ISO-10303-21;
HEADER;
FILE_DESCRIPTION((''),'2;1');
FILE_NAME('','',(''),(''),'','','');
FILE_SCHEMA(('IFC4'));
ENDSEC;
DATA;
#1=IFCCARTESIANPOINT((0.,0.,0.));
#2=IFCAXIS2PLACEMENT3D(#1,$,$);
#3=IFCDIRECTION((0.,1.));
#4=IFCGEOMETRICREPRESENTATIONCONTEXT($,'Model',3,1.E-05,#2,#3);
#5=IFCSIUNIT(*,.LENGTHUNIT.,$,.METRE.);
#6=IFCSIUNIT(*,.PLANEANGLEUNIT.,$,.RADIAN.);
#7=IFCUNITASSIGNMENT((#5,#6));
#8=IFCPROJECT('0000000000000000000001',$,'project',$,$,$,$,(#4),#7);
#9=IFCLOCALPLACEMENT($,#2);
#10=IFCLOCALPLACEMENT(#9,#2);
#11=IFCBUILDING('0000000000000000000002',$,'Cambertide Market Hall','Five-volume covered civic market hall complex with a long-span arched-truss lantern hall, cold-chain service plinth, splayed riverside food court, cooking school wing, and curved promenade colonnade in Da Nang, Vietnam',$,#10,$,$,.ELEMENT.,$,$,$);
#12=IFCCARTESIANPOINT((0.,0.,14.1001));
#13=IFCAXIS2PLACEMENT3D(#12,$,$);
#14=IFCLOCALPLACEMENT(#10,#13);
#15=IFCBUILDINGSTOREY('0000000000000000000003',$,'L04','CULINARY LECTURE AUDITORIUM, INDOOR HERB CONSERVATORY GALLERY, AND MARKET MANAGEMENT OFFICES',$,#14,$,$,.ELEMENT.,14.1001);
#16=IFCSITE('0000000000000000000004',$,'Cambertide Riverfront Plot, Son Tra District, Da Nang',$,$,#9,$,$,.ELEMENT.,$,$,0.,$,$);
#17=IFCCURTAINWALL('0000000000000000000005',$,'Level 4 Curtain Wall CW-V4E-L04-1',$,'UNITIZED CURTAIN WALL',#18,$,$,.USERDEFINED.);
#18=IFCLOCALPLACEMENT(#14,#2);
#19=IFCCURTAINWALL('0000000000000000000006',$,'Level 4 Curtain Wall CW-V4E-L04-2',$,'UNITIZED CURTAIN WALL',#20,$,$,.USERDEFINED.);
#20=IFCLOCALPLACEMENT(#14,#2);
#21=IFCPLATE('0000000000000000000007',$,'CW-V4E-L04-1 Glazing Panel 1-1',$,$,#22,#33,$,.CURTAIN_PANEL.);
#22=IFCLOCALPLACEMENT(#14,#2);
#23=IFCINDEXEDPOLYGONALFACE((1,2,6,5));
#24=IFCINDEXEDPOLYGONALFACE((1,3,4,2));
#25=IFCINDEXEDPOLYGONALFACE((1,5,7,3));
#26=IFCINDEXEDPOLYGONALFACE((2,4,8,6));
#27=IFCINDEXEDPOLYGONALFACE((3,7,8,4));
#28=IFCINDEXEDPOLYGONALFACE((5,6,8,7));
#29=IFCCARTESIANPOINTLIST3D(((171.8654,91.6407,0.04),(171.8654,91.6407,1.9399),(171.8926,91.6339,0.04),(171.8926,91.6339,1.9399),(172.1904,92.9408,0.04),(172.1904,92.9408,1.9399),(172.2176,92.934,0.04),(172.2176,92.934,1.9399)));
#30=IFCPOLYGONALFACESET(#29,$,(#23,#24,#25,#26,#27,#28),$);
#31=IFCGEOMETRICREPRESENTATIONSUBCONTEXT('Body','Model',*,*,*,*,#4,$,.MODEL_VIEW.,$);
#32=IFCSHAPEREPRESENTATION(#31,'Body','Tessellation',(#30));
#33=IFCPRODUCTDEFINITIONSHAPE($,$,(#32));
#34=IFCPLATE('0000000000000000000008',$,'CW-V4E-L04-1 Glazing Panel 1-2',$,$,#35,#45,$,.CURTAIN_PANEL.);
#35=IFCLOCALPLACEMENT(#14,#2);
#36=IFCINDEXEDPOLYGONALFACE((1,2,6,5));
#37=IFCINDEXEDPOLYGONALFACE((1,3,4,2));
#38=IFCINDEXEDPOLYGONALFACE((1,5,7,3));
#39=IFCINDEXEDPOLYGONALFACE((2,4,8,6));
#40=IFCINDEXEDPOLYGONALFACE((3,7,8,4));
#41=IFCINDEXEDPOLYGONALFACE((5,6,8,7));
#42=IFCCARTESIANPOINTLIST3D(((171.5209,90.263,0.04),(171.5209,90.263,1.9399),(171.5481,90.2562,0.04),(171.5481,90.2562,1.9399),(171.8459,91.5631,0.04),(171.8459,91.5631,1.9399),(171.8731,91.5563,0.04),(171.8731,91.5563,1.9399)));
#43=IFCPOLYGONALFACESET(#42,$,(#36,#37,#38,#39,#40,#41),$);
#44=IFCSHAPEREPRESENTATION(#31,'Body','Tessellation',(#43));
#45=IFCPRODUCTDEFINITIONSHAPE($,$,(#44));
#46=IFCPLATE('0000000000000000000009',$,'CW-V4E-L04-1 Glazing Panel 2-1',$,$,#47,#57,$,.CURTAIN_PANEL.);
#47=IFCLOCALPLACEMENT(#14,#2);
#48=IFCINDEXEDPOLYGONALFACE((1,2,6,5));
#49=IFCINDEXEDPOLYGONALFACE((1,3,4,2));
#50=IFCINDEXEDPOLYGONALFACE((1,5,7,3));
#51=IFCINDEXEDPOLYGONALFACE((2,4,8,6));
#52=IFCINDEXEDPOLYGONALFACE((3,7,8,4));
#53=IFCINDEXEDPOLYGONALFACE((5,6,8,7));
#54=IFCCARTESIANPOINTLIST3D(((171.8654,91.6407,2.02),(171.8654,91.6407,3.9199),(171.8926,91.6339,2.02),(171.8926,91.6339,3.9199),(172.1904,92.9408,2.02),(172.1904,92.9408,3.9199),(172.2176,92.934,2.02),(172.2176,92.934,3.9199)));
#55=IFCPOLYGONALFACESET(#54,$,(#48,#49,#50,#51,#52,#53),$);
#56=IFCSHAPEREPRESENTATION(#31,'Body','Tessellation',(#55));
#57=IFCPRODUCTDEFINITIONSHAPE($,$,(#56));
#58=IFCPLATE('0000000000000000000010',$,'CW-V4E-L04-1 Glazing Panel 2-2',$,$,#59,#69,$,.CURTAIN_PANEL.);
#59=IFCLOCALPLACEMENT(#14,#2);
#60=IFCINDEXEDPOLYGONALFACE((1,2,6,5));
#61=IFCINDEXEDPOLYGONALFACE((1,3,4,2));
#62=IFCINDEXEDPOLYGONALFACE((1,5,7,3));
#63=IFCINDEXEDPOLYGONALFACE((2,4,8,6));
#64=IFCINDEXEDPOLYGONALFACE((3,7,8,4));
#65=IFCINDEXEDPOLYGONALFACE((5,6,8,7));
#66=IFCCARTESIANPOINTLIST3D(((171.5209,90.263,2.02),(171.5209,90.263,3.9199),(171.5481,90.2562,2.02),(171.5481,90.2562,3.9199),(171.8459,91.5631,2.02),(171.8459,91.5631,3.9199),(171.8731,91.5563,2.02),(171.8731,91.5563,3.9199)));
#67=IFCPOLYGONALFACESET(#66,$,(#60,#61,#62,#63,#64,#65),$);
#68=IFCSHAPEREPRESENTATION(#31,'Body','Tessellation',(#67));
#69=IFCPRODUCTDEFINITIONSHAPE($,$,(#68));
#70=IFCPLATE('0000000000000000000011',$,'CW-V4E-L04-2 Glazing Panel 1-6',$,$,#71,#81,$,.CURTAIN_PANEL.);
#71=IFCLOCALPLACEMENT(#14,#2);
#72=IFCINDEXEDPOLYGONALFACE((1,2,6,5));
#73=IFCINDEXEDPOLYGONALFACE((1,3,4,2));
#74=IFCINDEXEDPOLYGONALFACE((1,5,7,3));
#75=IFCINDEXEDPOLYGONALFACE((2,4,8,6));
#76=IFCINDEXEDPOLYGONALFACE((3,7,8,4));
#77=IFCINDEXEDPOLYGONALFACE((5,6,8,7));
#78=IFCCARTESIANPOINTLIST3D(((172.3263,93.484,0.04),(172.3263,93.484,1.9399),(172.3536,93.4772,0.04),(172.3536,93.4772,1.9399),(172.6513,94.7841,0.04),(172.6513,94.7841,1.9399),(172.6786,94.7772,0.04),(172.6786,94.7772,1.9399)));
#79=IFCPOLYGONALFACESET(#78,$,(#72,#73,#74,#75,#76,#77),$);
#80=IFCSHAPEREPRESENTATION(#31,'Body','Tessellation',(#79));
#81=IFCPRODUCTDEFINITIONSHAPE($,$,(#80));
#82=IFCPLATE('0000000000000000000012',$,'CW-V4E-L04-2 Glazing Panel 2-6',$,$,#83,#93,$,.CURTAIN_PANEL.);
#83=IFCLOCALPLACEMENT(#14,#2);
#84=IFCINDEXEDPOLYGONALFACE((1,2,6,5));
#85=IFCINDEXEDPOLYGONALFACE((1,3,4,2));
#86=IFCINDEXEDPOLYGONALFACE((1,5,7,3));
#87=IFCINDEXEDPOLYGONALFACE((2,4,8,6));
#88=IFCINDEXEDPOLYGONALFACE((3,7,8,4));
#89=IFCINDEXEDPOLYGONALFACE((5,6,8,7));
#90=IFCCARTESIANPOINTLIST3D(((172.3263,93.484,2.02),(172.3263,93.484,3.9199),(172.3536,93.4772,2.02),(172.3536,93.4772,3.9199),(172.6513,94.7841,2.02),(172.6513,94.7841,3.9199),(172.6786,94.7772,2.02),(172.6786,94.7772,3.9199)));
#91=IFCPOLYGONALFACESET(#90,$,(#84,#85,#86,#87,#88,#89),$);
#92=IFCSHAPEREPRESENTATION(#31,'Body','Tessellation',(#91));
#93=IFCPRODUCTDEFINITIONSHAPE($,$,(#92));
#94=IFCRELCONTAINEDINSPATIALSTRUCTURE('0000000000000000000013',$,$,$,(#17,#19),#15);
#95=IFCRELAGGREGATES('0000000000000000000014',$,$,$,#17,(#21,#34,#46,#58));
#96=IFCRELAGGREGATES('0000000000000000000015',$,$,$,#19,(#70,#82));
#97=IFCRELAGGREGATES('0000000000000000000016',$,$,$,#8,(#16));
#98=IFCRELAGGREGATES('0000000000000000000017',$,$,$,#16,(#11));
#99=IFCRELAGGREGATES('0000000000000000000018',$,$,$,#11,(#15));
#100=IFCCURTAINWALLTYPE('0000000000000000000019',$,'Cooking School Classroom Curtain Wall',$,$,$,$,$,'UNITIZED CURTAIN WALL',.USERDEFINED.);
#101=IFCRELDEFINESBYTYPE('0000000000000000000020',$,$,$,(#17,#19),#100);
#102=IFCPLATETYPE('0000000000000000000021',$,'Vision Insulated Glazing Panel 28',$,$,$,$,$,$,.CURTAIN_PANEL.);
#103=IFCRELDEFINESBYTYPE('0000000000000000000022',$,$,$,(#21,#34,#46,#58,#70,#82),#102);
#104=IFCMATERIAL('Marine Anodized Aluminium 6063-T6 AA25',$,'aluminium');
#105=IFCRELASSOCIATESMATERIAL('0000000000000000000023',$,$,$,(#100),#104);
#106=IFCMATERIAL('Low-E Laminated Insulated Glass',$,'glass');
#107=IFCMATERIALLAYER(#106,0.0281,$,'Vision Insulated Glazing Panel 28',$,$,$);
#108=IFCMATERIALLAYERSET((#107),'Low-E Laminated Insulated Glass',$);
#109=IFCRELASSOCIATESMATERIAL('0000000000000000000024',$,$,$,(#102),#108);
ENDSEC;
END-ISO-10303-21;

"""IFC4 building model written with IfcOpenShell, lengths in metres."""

from ifc_helpers import new_model, si_unit, direction, frame, origin, origin_2d, place, context, subcontext, project, spatial, rectangle, extrude, material, layer, layer_set, type_object, element, aggregate, save


model = new_model("IFC4")

# Units and contexts
model_context = context("Model", 3, precision=1e-05, world=origin(), true_north=direction((0.0, 1.0)))
body_context = subcontext(model_context, "Body", "Model", "MODEL_VIEW")
ifc_project = project(units=[si_unit("LENGTHUNIT", "METRE"), si_unit("PLANEANGLEUNIT", "RADIAN")], contexts=[model_context])

# Site, building, storey
site_placement = place(None, origin())
site = spatial("IfcSite", under=ifc_project, at=site_placement, Name="Cambertide Riverfront Plot, Son Tra District, Da Nang", CompositionType="ELEMENT", RefElevation=0.0)
building_placement = place(site_placement, origin())
building = spatial("IfcBuilding", under=site, at=building_placement, Name="Cambertide Market Hall", Description="Five-volume covered civic market hall complex with a long-span arched-truss lantern hall, cold-chain service plinth, splayed riverside food court, cooking school wing, and curved promenade colonnade in Da Nang, Vietnam", CompositionType="ELEMENT")
storey_placement = place(building_placement, frame((0.0, 0.0, 14.1001)))
storey = spatial("IfcBuildingStorey", under=building, at=storey_placement, Name="L04", Description="CULINARY LECTURE AUDITORIUM, INDOOR HERB CONSERVATORY GALLERY, AND MARKET MANAGEMENT OFFICES", CompositionType="ELEMENT", Elevation=14.1001)

# Curtain wall
ifc_material_1 = material(Name="Marine Anodized Aluminium 6063-T6 AA25", Category="aluminium")
curtain_wall_type = type_object("IfcCurtainWallType", Name="Cooking School Classroom Curtain Wall", ElementType="UNITIZED CURTAIN WALL", PredefinedType="USERDEFINED", material=ifc_material_1)
curtain_wall_1_placement = place(storey_placement, origin())
curtain_wall_1 = element("IfcCurtainWall", 1, at=curtain_wall_1_placement, inside=storey, type_object=curtain_wall_type, Name="Level 4 Curtain Wall CW-V4E-L04-1", ObjectType="UNITIZED CURTAIN WALL", PredefinedType="USERDEFINED")

# Curtain wall
curtain_wall_2_placement = place(storey_placement, origin())
curtain_wall_2 = element("IfcCurtainWall", 2, at=curtain_wall_2_placement, inside=storey, type_object=curtain_wall_type, Name="Level 4 Curtain Wall CW-V4E-L04-2", ObjectType="UNITIZED CURTAIN WALL", PredefinedType="USERDEFINED")

# Plates
ifc_material_2 = material(Name="Low-E Laminated Insulated Glass", Category="glass")
ifc_layer = layer(ifc_material_2, 0.0281, Name="Vision Insulated Glazing Panel 28")
ifc_layer_set = layer_set([ifc_layer], Name="Low-E Laminated Insulated Glass")
plate_type = type_object("IfcPlateType", Name="Vision Insulated Glazing Panel 28", PredefinedType="CURTAIN_PANEL", material=ifc_layer_set)
plate_1_placement = place(storey_placement, frame((172.0415, 92.2874, 0.04), z_axis=(0.0, 0.0, 1.0), x_axis=(-0.242536, -0.970143, 0.0)))
plate_1 = element("IfcPlate", 3, at=plate_1_placement, type_object=plate_type, Name="CW-V4E-L04-1 Glazing Panel 1-1", PredefinedType="CURTAIN_PANEL", context=body_context, shape_type="SweptSolid", body=[
    extrude(rectangle(XDim=1.3401, YDim=0.0281, at=origin_2d()), origin(), (0.0, 0.0, 1.0), 1.8999),
])
plate_2_placement = place(storey_placement, frame((171.697, 90.9097, 0.04), z_axis=(0.0, 0.0, 1.0), x_axis=(-0.242536, -0.970143, 0.0)))
plate_2 = element("IfcPlate", 4, at=plate_2_placement, type_object=plate_type, Name="CW-V4E-L04-1 Glazing Panel 1-2", PredefinedType="CURTAIN_PANEL", context=body_context, shape_type="SweptSolid", body=[
    extrude(rectangle(XDim=1.3401, YDim=0.0281, at=origin_2d()), origin(), (0.0, 0.0, 1.0), 1.8999),
])
plate_3_placement = place(storey_placement, frame((172.0415, 92.2874, 2.02), z_axis=(0.0, 0.0, 1.0), x_axis=(-0.242536, -0.970143, 0.0)))
plate_3 = element("IfcPlate", 5, at=plate_3_placement, type_object=plate_type, Name="CW-V4E-L04-1 Glazing Panel 2-1", PredefinedType="CURTAIN_PANEL", context=body_context, shape_type="SweptSolid", body=[
    extrude(rectangle(XDim=1.3401, YDim=0.0281, at=origin_2d()), origin(), (0.0, 0.0, 1.0), 1.8999),
])
plate_4_placement = place(storey_placement, frame((171.697, 90.9097, 2.02), z_axis=(0.0, 0.0, 1.0), x_axis=(-0.242536, -0.970143, 0.0)))
plate_4 = element("IfcPlate", 6, at=plate_4_placement, type_object=plate_type, Name="CW-V4E-L04-1 Glazing Panel 2-2", PredefinedType="CURTAIN_PANEL", context=body_context, shape_type="SweptSolid", body=[
    extrude(rectangle(XDim=1.3401, YDim=0.0281, at=origin_2d()), origin(), (0.0, 0.0, 1.0), 1.8999),
])
aggregate(curtain_wall_1, [plate_1, plate_2, plate_3, plate_4])
plate_5_placement = place(storey_placement, frame((172.5024, 94.1306, 0.04), z_axis=(0.0, 0.0, 1.0), x_axis=(-0.242536, -0.970142, 0.0)))
plate_5 = element("IfcPlate", 7, at=plate_5_placement, type_object=plate_type, Name="CW-V4E-L04-2 Glazing Panel 1-6", PredefinedType="CURTAIN_PANEL", context=body_context, shape_type="SweptSolid", body=[
    extrude(rectangle(XDim=1.3401, YDim=0.0281, at=origin_2d()), origin(), (0.0, 0.0, 1.0), 1.8999),
])
plate_6_placement = place(storey_placement, frame((172.5024, 94.1306, 2.02), z_axis=(0.0, 0.0, 1.0), x_axis=(-0.242536, -0.970142, 0.0)))
plate_6 = element("IfcPlate", 8, at=plate_6_placement, type_object=plate_type, Name="CW-V4E-L04-2 Glazing Panel 2-6", PredefinedType="CURTAIN_PANEL", context=body_context, shape_type="SweptSolid", body=[
    extrude(rectangle(XDim=1.3401, YDim=0.0281, at=origin_2d()), origin(), (0.0, 0.0, 1.0), 1.8999),
])
aggregate(curtain_wall_2, [plate_5, plate_6])

save(model, "model.ifc")
